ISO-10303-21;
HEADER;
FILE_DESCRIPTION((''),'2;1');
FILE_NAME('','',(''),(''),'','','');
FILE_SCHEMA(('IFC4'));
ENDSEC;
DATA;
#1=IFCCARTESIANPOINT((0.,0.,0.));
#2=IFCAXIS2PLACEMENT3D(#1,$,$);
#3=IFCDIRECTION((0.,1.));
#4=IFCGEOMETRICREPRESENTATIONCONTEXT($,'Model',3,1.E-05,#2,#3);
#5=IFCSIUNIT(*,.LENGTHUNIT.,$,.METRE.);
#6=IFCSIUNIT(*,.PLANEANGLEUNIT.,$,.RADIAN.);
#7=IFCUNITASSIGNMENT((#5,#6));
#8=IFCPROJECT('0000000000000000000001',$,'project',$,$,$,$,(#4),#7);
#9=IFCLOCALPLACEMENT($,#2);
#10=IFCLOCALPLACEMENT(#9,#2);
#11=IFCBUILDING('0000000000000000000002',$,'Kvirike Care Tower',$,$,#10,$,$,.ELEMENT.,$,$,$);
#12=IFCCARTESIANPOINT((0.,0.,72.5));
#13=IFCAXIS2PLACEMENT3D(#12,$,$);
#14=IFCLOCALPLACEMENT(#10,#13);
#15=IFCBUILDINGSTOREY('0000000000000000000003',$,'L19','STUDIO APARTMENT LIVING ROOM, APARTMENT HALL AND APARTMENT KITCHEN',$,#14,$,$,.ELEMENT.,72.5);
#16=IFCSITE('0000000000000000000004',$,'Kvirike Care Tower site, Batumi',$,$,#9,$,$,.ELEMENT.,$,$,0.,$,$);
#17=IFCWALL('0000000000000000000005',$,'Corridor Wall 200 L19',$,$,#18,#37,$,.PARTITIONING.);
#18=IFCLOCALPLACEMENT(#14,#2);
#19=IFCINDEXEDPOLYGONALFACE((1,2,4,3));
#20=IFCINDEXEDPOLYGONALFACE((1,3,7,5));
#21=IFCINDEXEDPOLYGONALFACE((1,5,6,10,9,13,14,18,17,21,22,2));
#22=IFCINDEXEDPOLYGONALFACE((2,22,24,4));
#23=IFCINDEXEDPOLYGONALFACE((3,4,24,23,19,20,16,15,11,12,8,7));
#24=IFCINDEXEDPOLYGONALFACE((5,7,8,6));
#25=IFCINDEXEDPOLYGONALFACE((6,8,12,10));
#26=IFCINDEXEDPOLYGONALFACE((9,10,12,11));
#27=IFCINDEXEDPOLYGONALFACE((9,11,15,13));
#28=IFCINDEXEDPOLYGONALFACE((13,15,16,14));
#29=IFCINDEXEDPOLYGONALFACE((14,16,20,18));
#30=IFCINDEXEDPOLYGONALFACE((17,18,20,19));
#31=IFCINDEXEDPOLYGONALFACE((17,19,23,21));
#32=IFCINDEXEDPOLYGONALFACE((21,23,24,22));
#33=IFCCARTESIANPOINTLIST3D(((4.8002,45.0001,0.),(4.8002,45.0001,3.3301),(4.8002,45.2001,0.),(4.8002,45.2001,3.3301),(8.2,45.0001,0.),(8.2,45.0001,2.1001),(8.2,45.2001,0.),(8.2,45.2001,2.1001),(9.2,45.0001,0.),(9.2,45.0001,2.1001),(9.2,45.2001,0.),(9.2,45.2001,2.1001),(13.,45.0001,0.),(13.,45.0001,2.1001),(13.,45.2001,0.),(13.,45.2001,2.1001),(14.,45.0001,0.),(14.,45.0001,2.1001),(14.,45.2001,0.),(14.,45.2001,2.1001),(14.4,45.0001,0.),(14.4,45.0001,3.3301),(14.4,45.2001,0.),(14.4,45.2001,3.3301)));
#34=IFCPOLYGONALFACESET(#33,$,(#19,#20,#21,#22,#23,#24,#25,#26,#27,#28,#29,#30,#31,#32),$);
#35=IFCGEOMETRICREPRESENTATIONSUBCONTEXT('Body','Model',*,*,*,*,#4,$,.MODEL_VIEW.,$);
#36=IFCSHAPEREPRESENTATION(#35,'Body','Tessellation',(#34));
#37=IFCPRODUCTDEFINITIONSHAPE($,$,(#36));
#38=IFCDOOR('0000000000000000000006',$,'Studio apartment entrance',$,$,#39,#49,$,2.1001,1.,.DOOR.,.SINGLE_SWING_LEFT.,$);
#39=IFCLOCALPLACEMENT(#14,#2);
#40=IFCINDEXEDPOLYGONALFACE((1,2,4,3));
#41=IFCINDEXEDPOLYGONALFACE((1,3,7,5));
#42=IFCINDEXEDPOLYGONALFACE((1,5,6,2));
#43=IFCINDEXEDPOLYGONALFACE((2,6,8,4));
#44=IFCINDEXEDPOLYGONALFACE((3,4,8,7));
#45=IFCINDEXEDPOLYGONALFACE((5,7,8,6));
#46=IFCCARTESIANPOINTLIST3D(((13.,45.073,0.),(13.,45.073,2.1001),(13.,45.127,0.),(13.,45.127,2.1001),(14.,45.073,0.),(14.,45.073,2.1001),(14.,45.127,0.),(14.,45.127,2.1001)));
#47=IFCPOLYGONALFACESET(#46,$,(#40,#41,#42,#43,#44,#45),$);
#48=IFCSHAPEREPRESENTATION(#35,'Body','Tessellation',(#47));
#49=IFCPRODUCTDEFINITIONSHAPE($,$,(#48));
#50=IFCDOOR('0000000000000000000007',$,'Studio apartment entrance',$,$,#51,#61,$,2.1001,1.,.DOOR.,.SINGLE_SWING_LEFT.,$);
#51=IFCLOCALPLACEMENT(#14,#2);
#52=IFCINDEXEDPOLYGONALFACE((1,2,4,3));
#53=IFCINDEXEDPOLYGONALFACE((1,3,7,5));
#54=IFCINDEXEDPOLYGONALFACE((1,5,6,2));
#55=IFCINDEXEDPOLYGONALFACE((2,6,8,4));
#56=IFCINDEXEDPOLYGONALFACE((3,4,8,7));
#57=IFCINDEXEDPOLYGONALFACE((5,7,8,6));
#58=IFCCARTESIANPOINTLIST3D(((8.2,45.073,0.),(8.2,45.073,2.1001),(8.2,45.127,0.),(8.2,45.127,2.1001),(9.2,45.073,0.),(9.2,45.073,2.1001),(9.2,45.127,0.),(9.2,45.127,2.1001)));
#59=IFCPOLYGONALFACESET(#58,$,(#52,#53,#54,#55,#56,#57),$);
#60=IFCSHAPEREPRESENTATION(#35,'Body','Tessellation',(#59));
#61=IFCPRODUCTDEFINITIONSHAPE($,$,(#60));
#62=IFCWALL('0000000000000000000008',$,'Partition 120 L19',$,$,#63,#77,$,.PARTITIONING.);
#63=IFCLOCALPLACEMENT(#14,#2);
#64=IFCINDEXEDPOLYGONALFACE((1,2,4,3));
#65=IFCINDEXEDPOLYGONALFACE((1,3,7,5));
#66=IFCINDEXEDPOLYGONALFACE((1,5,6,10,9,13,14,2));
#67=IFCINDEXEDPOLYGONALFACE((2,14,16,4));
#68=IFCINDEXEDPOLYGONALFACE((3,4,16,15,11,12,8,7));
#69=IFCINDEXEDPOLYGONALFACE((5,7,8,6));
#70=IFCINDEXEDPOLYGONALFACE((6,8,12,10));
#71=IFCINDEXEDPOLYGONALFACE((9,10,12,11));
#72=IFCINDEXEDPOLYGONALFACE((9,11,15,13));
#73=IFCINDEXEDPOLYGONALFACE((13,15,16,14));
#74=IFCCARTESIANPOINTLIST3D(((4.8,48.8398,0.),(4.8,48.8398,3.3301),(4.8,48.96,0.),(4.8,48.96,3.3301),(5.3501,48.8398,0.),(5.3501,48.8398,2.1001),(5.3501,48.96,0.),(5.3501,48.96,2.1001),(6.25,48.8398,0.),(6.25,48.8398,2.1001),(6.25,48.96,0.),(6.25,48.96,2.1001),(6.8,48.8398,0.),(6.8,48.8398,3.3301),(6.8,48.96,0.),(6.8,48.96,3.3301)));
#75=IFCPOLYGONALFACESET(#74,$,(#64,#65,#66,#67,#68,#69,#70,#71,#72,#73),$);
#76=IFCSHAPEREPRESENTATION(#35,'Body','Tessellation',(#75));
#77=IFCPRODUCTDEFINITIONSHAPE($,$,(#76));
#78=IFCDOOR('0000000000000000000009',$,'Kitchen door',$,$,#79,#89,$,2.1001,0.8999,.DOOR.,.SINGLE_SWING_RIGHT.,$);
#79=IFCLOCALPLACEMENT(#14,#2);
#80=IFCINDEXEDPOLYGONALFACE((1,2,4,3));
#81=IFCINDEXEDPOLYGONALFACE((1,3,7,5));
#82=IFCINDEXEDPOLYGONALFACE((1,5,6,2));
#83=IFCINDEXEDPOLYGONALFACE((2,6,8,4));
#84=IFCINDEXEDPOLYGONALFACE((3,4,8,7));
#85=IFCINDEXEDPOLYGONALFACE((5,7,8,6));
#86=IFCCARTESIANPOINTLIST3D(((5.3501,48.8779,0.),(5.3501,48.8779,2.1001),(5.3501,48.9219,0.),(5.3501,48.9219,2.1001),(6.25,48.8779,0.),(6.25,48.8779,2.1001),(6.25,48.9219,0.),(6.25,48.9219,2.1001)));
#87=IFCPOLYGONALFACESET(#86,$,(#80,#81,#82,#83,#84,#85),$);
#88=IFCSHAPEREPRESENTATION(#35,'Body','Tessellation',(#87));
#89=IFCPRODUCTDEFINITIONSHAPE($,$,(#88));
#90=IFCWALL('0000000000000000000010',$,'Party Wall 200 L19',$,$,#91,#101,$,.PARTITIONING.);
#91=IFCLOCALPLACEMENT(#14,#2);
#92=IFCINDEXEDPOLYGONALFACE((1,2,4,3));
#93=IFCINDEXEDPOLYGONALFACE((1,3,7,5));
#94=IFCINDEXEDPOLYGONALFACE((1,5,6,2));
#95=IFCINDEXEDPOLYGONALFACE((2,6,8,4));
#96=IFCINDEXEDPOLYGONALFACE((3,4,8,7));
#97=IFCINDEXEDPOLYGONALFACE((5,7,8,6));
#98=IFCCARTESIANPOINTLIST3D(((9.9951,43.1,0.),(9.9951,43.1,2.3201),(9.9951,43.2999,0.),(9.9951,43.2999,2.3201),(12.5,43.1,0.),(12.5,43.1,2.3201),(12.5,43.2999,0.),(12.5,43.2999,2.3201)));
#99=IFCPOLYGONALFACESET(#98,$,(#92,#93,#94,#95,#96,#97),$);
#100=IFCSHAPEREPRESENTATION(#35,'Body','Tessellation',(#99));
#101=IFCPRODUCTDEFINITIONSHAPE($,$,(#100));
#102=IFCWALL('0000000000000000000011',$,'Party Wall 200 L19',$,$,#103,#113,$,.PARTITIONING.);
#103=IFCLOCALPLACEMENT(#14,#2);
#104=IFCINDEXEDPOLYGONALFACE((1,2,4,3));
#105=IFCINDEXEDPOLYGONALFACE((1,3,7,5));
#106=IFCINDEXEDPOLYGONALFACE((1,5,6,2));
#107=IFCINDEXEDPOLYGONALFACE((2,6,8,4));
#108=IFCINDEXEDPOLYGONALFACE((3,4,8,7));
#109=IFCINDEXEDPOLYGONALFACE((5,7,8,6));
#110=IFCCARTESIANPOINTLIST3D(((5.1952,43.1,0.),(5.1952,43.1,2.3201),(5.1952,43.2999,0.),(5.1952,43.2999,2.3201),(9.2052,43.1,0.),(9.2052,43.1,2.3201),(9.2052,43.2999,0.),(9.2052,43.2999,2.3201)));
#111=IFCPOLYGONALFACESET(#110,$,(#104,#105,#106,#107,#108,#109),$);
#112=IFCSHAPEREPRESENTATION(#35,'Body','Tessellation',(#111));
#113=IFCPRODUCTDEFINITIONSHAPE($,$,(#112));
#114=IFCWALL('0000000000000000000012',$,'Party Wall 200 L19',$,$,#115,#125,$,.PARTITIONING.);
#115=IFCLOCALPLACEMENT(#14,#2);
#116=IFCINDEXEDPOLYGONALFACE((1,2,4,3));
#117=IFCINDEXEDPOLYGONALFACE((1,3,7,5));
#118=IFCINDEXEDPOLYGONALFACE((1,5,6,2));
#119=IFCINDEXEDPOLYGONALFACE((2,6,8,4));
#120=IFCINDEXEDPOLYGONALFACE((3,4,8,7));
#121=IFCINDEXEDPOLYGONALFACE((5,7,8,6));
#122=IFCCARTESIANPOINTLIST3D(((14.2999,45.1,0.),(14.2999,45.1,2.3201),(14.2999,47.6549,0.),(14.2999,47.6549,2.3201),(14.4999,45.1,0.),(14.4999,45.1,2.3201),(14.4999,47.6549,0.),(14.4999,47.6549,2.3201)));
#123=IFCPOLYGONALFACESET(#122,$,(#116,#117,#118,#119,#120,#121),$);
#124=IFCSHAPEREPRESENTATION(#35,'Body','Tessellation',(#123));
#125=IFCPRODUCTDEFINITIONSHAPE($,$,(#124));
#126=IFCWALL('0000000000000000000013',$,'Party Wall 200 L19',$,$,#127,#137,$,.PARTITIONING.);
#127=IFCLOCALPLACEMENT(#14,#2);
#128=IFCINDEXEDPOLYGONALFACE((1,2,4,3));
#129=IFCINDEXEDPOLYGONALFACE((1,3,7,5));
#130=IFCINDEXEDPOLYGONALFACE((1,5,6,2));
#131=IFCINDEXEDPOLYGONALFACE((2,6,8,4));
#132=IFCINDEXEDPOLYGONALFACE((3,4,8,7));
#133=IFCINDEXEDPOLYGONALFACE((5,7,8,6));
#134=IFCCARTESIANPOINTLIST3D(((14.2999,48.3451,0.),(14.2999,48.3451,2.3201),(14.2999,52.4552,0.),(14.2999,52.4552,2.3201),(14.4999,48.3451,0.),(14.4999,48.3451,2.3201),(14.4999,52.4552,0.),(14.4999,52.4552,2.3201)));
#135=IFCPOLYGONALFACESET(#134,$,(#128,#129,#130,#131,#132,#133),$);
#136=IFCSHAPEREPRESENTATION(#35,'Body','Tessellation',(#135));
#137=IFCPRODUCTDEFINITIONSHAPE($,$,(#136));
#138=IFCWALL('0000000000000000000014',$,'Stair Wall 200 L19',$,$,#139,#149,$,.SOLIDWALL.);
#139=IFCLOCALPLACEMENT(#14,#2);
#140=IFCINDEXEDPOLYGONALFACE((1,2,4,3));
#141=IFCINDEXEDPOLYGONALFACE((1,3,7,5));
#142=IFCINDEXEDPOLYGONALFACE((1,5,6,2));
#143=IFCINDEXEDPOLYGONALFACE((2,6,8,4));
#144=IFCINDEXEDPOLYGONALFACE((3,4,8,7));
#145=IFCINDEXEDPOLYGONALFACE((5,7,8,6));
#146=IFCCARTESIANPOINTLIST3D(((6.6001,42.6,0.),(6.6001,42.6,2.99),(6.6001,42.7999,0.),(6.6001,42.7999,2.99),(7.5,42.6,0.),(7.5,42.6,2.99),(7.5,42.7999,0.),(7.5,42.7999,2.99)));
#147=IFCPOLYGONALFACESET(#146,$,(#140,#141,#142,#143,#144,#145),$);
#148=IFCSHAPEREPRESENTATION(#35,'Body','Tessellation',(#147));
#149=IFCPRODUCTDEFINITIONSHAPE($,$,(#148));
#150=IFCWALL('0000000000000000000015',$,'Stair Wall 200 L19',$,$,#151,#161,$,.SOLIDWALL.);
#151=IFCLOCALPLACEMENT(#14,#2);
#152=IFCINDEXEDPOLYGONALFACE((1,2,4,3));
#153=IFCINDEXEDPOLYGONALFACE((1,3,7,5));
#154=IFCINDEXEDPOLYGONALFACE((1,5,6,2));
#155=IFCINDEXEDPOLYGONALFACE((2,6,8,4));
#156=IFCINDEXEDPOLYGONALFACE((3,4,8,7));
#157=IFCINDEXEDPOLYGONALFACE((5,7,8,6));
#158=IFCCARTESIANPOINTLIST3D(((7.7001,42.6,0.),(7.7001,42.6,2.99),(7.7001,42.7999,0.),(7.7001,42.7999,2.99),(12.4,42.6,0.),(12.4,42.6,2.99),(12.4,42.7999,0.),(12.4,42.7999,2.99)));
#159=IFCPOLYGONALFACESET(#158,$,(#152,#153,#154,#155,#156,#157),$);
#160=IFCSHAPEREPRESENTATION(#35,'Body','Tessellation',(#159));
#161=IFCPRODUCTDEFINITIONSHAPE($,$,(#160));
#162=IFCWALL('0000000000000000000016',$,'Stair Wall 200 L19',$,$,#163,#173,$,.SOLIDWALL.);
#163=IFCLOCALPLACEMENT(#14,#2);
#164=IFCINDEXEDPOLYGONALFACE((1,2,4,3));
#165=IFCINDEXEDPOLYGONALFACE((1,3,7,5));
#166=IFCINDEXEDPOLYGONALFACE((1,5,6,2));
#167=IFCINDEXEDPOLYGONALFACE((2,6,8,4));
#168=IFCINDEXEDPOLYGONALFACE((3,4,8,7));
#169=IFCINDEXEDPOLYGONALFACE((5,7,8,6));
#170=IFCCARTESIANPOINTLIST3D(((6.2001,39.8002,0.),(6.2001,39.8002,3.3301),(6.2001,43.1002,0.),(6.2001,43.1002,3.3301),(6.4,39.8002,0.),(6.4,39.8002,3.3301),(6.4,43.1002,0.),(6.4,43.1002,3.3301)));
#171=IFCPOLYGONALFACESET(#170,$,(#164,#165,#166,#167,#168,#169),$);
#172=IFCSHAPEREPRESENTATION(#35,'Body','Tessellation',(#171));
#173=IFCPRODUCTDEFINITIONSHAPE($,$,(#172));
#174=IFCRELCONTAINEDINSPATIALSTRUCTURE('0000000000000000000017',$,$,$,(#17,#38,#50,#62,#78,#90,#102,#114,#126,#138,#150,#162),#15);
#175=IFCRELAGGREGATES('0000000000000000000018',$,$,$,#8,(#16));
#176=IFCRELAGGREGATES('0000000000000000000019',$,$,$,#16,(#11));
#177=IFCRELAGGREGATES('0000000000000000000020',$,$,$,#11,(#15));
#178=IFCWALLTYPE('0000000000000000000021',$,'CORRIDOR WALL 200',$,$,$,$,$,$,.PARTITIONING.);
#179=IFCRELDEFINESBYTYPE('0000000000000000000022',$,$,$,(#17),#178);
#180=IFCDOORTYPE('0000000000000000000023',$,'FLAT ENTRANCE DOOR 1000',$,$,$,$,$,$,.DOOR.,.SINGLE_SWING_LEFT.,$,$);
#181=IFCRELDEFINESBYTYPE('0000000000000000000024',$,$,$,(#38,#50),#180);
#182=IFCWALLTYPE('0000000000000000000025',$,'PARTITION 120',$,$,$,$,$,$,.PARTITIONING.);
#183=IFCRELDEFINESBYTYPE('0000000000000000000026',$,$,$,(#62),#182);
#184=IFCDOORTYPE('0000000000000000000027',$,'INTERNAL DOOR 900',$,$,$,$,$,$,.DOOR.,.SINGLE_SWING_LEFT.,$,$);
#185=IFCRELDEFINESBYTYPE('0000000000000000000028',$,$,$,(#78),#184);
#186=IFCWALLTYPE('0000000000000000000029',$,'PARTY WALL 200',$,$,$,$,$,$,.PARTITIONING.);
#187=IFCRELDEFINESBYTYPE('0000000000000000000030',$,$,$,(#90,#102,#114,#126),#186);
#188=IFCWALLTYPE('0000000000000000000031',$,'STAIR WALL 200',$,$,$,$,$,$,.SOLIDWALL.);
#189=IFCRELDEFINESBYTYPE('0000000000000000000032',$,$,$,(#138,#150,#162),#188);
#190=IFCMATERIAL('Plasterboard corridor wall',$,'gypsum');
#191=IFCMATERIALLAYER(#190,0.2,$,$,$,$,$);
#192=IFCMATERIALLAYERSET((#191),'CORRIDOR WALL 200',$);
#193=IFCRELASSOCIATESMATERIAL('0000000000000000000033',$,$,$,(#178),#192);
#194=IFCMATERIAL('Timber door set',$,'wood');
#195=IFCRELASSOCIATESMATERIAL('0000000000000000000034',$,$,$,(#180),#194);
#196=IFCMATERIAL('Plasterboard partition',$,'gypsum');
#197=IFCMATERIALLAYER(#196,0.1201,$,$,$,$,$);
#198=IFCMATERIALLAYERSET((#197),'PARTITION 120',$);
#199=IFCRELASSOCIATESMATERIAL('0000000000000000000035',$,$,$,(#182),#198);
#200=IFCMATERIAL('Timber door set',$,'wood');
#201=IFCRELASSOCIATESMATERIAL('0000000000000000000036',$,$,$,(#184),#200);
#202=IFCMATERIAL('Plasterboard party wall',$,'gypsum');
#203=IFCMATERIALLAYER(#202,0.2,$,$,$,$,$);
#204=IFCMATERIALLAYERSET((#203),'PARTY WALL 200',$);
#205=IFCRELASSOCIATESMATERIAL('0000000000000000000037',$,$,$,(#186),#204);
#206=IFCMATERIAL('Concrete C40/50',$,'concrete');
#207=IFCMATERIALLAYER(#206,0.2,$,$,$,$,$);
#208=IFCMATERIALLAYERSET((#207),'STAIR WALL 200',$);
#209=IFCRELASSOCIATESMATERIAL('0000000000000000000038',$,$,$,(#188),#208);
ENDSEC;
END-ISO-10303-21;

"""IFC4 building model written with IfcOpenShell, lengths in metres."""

from ifc_helpers import new_model, si_unit, direction, frame, frame_2d, origin, place, context, subcontext, project, spatial, rectangle, extrude, material, layer, layer_set, type_object, element, fill, save


model = new_model("IFC4")

# Units and contexts
model_context = context("Model", 3, precision=1e-05, world=origin(), true_north=direction((0.0, 1.0)))
body_context = subcontext(model_context, "Body", "Model", "MODEL_VIEW")
ifc_project = project(units=[si_unit("LENGTHUNIT", "METRE"), si_unit("PLANEANGLEUNIT", "RADIAN")], contexts=[model_context])

# Site, building, storey
site_placement = place(None, origin())
site = spatial("IfcSite", under=ifc_project, at=site_placement, Name="Kvirike Care Tower site, Batumi", CompositionType="ELEMENT", RefElevation=0.0)
building_placement = place(site_placement, origin())
building = spatial("IfcBuilding", under=site, at=building_placement, Name="Kvirike Care Tower", CompositionType="ELEMENT")
storey_placement = place(building_placement, frame((0.0, 0.0, 72.5)))
storey = spatial("IfcBuildingStorey", under=building, at=storey_placement, Name="L19", Description="STUDIO APARTMENT LIVING ROOM, APARTMENT HALL AND APARTMENT KITCHEN", CompositionType="ELEMENT", Elevation=72.5)

# Wall, openings, doors
ifc_material_1 = material(Name="Plasterboard corridor wall", Category="gypsum")
ifc_layer_1 = layer(ifc_material_1, 0.2)
ifc_layer_set_1 = layer_set([ifc_layer_1], Name="CORRIDOR WALL 200")
wall_type_1 = type_object("IfcWallType", Name="CORRIDOR WALL 200", PredefinedType="PARTITIONING", material=ifc_layer_set_1)
ifc_material_2 = material(Name="Timber door set", Category="wood")
door_type_1 = type_object("IfcDoorType", Name="FLAT ENTRANCE DOOR 1000", OperationType="SINGLE_SWING_LEFT", PredefinedType="DOOR", material=ifc_material_2)
wall_1_placement = place(storey_placement, frame((14.3999, 45.1001, 0.0), z_axis=(0.0, 0.0, 1.0), x_axis=(-1.0, 0.0, 0.0)))
wall_1 = element("IfcWall", 1, at=wall_1_placement, inside=storey, type_object=wall_type_1, Name="Corridor Wall 200 L19", PredefinedType="PARTITIONING", context=body_context, shape_type="SweptSolid", body=[
    extrude(rectangle(XDim=9.5999, YDim=0.2, at=frame_2d((4.7998, 0.0))), origin(), (0.0, 0.0, 1.0), 3.3301),
])
opening_1_placement = place(wall_1_placement, frame((0.3999, 0.0, 0.0)))
opening_1 = element("IfcOpeningElement", 2, at=opening_1_placement, cuts=wall_1, PredefinedType="OPENING", context=body_context, shape_type="SweptSolid", body=[
    extrude(rectangle(XDim=1.0, YDim=2.1001, at=frame_2d((0.5, 1.05))), frame((0.0, 0.1106, 0.0), z_axis=(0.0, -1.0, 0.0), x_axis=(1.0, 0.0, 0.0)), (0.0, 0.0, 1.0), 0.2209),
])
opening_2_placement = place(wall_1_placement, frame((5.2, 0.0, 0.0)))
opening_2 = element("IfcOpeningElement", 3, at=opening_2_placement, cuts=wall_1, PredefinedType="OPENING", context=body_context, shape_type="SweptSolid", body=[
    extrude(rectangle(XDim=1.0, YDim=2.1001, at=frame_2d((0.5, 1.05))), frame((0.0, 0.1106, 0.0), z_axis=(0.0, -1.0, 0.0), x_axis=(1.0, 0.0, 0.0)), (0.0, 0.0, 1.0), 0.2209),
])
door_1_placement = place(opening_1_placement, frame((1.0, 0.0, 0.0), z_axis=(0.0, 0.0, 1.0), x_axis=(-1.0, 0.0, 0.0)))
door_1 = element("IfcDoor", 4, at=door_1_placement, inside=storey, type_object=door_type_1, Name="Studio apartment entrance", OperationType="SINGLE_SWING_LEFT", OverallHeight=2.1001, OverallWidth=1.0, PredefinedType="DOOR", context=body_context, shape_type="SweptSolid", body=[
    extrude(rectangle(XDim=1.0, YDim=2.1001, at=frame_2d((0.5, 1.05))), frame((0.0, 0.0269, 0.0), z_axis=(0.0, -1.0, 0.0), x_axis=(1.0, 0.0, 0.0)), (0.0, 0.0, 1.0), 0.054),
])
fill(opening_1, door_1)
door_2_placement = place(opening_2_placement, frame((1.0, 0.0, 0.0), z_axis=(0.0, 0.0, 1.0), x_axis=(-1.0, 0.0, 0.0)))
door_2 = element("IfcDoor", 5, at=door_2_placement, inside=storey, type_object=door_type_1, Name="Studio apartment entrance", OperationType="SINGLE_SWING_LEFT", OverallHeight=2.1001, OverallWidth=1.0, PredefinedType="DOOR", context=body_context, shape_type="SweptSolid", body=[
    extrude(rectangle(XDim=1.0, YDim=2.1001, at=frame_2d((0.5, 1.05))), frame((0.0, 0.0269, 0.0), z_axis=(0.0, -1.0, 0.0), x_axis=(1.0, 0.0, 0.0)), (0.0, 0.0, 1.0), 0.054),
])
fill(opening_2, door_2)

# Wall, opening, door
ifc_material_3 = material(Name="Plasterboard partition", Category="gypsum")
ifc_layer_2 = layer(ifc_material_3, 0.1201)
ifc_layer_set_2 = layer_set([ifc_layer_2], Name="PARTITION 120")
wall_type_2 = type_object("IfcWallType", Name="PARTITION 120", PredefinedType="PARTITIONING", material=ifc_layer_set_2)
wall_2_placement = place(storey_placement, frame((6.8, 48.8999, 0.0), z_axis=(0.0, 0.0, 1.0), x_axis=(-1.0, 0.0, 0.0)))
wall_2 = element("IfcWall", 6, at=wall_2_placement, inside=storey, type_object=wall_type_2, Name="Partition 120 L19", PredefinedType="PARTITIONING", context=body_context, shape_type="SweptSolid", body=[
    extrude(rectangle(XDim=2.0, YDim=0.1201, at=frame_2d((1.0, 0.0))), origin(), (0.0, 0.0, 1.0), 3.3301),
])
opening_3_placement = place(wall_2_placement, frame((0.55, 0.0, 0.0)))
opening_3 = element("IfcOpeningElement", 7, at=opening_3_placement, cuts=wall_2, PredefinedType="OPENING", context=body_context, shape_type="SweptSolid", body=[
    extrude(rectangle(XDim=0.8999, YDim=2.1001, at=frame_2d((0.45, 1.05))), frame((0.0, 0.0706, 0.0), z_axis=(0.0, -1.0, 0.0), x_axis=(1.0, 0.0, 0.0)), (0.0, 0.0, 1.0), 0.1411),
])
ifc_material_4 = material(Name="Timber door set", Category="wood")
door_type_2 = type_object("IfcDoorType", Name="INTERNAL DOOR 900", OperationType="SINGLE_SWING_LEFT", PredefinedType="DOOR", material=ifc_material_4)
door_3_placement = place(opening_3_placement, frame((0.8999, 0.0, 0.0), z_axis=(0.0, 0.0, 1.0), x_axis=(-1.0, 0.0, 0.0)))
door_3 = element("IfcDoor", 8, at=door_3_placement, inside=storey, type_object=door_type_2, Name="Kitchen door", OperationType="SINGLE_SWING_RIGHT", OverallHeight=2.1001, OverallWidth=0.8999, PredefinedType="DOOR", context=body_context, shape_type="SweptSolid", body=[
    extrude(rectangle(XDim=0.8999, YDim=2.1001, at=frame_2d((0.45, 1.05))), frame((0.0, 0.022, 0.0), z_axis=(0.0, -1.0, 0.0), x_axis=(1.0, 0.0, 0.0)), (0.0, 0.0, 1.0), 0.0439),
])
fill(opening_3, door_3)

# Walls
ifc_material_5 = material(Name="Plasterboard party wall", Category="gypsum")
ifc_layer_3 = layer(ifc_material_5, 0.2)
ifc_layer_set_3 = layer_set([ifc_layer_3], Name="PARTY WALL 200")
wall_type_3 = type_object("IfcWallType", Name="PARTY WALL 200", PredefinedType="PARTITIONING", material=ifc_layer_set_3)
wall_3_placement = place(storey_placement, frame((12.5, 43.2, 0.0), z_axis=(0.0, 0.0, 1.0), x_axis=(-1.0, 0.0, 0.0)))
element("IfcWall", 9, at=wall_3_placement, inside=storey, type_object=wall_type_3, Name="Party Wall 200 L19", PredefinedType="PARTITIONING", context=body_context, shape_type="SweptSolid", body=[
    extrude(rectangle(XDim=2.5049, YDim=0.2, at=frame_2d((1.2524, 0.0))), origin(), (0.0, 0.0, 1.0), 2.3201),
])
wall_4_placement = place(storey_placement, frame((9.2051, 43.2, 0.0), z_axis=(0.0, 0.0, 1.0), x_axis=(-1.0, 0.0, 0.0)))
element("IfcWall", 10, at=wall_4_placement, inside=storey, type_object=wall_type_3, Name="Party Wall 200 L19", PredefinedType="PARTITIONING", context=body_context, shape_type="SweptSolid", body=[
    extrude(rectangle(XDim=4.01, YDim=0.2, at=frame_2d((2.0049, 0.0))), origin(), (0.0, 0.0, 1.0), 2.3201),
])
wall_5_placement = place(storey_placement, frame((14.3999, 45.1001, 0.0), z_axis=(0.0, 0.0, 1.0), x_axis=(0.0, 1.0, 0.0)))
element("IfcWall", 11, at=wall_5_placement, inside=storey, type_object=wall_type_3, Name="Party Wall 200 L19", PredefinedType="PARTITIONING", context=body_context, shape_type="SweptSolid", body=[
    extrude(rectangle(XDim=2.5549, YDim=0.2, at=frame_2d((1.2773, 0.0))), origin(), (0.0, 0.0, 1.0), 2.3201),
])
wall_6_placement = place(storey_placement, frame((14.3999, 48.345, 0.0), z_axis=(0.0, 0.0, 1.0), x_axis=(0.0, 1.0, 0.0)))
element("IfcWall", 12, at=wall_6_placement, inside=storey, type_object=wall_type_3, Name="Party Wall 200 L19", PredefinedType="PARTITIONING", context=body_context, shape_type="SweptSolid", body=[
    extrude(rectangle(XDim=4.1101, YDim=0.2, at=frame_2d((2.0552, 0.0))), origin(), (0.0, 0.0, 1.0), 2.3201),
])
ifc_material_6 = material(Name="Concrete C40/50", Category="concrete")
ifc_layer_4 = layer(ifc_material_6, 0.2)
ifc_layer_set_4 = layer_set([ifc_layer_4], Name="STAIR WALL 200")
wall_type_4 = type_object("IfcWallType", Name="STAIR WALL 200", PredefinedType="SOLIDWALL", material=ifc_layer_set_4)
wall_7_placement = place(storey_placement, frame((6.6001, 42.7, 0.0), z_axis=(0.0, 0.0, 1.0), x_axis=(1.0, 0.0, 0.0)))
element("IfcWall", 13, at=wall_7_placement, inside=storey, type_object=wall_type_4, Name="Stair Wall 200 L19", PredefinedType="SOLIDWALL", context=body_context, shape_type="SweptSolid", body=[
    extrude(rectangle(XDim=0.8999, YDim=0.2, at=frame_2d((0.45, 0.0))), origin(), (0.0, 0.0, 1.0), 2.99),
])
wall_8_placement = place(storey_placement, frame((7.7, 42.7, 0.0), z_axis=(0.0, 0.0, 1.0), x_axis=(1.0, 0.0, 0.0)))
element("IfcWall", 14, at=wall_8_placement, inside=storey, type_object=wall_type_4, Name="Stair Wall 200 L19", PredefinedType="SOLIDWALL", context=body_context, shape_type="SweptSolid", body=[
    extrude(rectangle(XDim=4.7, YDim=0.2, at=frame_2d((2.3501, 0.0))), origin(), (0.0, 0.0, 1.0), 2.99),
])
wall_9_placement = place(storey_placement, frame((6.3, 43.1001, 0.0), z_axis=(0.0, 0.0, 1.0), x_axis=(0.0, -1.0, 0.0)))
element("IfcWall", 15, at=wall_9_placement, inside=storey, type_object=wall_type_4, Name="Stair Wall 200 L19", PredefinedType="SOLIDWALL", context=body_context, shape_type="SweptSolid", body=[
    extrude(rectangle(XDim=3.3, YDim=0.2, at=frame_2d((1.6499, 0.0))), origin(), (0.0, 0.0, 1.0), 3.3301),
])

save(model, "model.ifc")
